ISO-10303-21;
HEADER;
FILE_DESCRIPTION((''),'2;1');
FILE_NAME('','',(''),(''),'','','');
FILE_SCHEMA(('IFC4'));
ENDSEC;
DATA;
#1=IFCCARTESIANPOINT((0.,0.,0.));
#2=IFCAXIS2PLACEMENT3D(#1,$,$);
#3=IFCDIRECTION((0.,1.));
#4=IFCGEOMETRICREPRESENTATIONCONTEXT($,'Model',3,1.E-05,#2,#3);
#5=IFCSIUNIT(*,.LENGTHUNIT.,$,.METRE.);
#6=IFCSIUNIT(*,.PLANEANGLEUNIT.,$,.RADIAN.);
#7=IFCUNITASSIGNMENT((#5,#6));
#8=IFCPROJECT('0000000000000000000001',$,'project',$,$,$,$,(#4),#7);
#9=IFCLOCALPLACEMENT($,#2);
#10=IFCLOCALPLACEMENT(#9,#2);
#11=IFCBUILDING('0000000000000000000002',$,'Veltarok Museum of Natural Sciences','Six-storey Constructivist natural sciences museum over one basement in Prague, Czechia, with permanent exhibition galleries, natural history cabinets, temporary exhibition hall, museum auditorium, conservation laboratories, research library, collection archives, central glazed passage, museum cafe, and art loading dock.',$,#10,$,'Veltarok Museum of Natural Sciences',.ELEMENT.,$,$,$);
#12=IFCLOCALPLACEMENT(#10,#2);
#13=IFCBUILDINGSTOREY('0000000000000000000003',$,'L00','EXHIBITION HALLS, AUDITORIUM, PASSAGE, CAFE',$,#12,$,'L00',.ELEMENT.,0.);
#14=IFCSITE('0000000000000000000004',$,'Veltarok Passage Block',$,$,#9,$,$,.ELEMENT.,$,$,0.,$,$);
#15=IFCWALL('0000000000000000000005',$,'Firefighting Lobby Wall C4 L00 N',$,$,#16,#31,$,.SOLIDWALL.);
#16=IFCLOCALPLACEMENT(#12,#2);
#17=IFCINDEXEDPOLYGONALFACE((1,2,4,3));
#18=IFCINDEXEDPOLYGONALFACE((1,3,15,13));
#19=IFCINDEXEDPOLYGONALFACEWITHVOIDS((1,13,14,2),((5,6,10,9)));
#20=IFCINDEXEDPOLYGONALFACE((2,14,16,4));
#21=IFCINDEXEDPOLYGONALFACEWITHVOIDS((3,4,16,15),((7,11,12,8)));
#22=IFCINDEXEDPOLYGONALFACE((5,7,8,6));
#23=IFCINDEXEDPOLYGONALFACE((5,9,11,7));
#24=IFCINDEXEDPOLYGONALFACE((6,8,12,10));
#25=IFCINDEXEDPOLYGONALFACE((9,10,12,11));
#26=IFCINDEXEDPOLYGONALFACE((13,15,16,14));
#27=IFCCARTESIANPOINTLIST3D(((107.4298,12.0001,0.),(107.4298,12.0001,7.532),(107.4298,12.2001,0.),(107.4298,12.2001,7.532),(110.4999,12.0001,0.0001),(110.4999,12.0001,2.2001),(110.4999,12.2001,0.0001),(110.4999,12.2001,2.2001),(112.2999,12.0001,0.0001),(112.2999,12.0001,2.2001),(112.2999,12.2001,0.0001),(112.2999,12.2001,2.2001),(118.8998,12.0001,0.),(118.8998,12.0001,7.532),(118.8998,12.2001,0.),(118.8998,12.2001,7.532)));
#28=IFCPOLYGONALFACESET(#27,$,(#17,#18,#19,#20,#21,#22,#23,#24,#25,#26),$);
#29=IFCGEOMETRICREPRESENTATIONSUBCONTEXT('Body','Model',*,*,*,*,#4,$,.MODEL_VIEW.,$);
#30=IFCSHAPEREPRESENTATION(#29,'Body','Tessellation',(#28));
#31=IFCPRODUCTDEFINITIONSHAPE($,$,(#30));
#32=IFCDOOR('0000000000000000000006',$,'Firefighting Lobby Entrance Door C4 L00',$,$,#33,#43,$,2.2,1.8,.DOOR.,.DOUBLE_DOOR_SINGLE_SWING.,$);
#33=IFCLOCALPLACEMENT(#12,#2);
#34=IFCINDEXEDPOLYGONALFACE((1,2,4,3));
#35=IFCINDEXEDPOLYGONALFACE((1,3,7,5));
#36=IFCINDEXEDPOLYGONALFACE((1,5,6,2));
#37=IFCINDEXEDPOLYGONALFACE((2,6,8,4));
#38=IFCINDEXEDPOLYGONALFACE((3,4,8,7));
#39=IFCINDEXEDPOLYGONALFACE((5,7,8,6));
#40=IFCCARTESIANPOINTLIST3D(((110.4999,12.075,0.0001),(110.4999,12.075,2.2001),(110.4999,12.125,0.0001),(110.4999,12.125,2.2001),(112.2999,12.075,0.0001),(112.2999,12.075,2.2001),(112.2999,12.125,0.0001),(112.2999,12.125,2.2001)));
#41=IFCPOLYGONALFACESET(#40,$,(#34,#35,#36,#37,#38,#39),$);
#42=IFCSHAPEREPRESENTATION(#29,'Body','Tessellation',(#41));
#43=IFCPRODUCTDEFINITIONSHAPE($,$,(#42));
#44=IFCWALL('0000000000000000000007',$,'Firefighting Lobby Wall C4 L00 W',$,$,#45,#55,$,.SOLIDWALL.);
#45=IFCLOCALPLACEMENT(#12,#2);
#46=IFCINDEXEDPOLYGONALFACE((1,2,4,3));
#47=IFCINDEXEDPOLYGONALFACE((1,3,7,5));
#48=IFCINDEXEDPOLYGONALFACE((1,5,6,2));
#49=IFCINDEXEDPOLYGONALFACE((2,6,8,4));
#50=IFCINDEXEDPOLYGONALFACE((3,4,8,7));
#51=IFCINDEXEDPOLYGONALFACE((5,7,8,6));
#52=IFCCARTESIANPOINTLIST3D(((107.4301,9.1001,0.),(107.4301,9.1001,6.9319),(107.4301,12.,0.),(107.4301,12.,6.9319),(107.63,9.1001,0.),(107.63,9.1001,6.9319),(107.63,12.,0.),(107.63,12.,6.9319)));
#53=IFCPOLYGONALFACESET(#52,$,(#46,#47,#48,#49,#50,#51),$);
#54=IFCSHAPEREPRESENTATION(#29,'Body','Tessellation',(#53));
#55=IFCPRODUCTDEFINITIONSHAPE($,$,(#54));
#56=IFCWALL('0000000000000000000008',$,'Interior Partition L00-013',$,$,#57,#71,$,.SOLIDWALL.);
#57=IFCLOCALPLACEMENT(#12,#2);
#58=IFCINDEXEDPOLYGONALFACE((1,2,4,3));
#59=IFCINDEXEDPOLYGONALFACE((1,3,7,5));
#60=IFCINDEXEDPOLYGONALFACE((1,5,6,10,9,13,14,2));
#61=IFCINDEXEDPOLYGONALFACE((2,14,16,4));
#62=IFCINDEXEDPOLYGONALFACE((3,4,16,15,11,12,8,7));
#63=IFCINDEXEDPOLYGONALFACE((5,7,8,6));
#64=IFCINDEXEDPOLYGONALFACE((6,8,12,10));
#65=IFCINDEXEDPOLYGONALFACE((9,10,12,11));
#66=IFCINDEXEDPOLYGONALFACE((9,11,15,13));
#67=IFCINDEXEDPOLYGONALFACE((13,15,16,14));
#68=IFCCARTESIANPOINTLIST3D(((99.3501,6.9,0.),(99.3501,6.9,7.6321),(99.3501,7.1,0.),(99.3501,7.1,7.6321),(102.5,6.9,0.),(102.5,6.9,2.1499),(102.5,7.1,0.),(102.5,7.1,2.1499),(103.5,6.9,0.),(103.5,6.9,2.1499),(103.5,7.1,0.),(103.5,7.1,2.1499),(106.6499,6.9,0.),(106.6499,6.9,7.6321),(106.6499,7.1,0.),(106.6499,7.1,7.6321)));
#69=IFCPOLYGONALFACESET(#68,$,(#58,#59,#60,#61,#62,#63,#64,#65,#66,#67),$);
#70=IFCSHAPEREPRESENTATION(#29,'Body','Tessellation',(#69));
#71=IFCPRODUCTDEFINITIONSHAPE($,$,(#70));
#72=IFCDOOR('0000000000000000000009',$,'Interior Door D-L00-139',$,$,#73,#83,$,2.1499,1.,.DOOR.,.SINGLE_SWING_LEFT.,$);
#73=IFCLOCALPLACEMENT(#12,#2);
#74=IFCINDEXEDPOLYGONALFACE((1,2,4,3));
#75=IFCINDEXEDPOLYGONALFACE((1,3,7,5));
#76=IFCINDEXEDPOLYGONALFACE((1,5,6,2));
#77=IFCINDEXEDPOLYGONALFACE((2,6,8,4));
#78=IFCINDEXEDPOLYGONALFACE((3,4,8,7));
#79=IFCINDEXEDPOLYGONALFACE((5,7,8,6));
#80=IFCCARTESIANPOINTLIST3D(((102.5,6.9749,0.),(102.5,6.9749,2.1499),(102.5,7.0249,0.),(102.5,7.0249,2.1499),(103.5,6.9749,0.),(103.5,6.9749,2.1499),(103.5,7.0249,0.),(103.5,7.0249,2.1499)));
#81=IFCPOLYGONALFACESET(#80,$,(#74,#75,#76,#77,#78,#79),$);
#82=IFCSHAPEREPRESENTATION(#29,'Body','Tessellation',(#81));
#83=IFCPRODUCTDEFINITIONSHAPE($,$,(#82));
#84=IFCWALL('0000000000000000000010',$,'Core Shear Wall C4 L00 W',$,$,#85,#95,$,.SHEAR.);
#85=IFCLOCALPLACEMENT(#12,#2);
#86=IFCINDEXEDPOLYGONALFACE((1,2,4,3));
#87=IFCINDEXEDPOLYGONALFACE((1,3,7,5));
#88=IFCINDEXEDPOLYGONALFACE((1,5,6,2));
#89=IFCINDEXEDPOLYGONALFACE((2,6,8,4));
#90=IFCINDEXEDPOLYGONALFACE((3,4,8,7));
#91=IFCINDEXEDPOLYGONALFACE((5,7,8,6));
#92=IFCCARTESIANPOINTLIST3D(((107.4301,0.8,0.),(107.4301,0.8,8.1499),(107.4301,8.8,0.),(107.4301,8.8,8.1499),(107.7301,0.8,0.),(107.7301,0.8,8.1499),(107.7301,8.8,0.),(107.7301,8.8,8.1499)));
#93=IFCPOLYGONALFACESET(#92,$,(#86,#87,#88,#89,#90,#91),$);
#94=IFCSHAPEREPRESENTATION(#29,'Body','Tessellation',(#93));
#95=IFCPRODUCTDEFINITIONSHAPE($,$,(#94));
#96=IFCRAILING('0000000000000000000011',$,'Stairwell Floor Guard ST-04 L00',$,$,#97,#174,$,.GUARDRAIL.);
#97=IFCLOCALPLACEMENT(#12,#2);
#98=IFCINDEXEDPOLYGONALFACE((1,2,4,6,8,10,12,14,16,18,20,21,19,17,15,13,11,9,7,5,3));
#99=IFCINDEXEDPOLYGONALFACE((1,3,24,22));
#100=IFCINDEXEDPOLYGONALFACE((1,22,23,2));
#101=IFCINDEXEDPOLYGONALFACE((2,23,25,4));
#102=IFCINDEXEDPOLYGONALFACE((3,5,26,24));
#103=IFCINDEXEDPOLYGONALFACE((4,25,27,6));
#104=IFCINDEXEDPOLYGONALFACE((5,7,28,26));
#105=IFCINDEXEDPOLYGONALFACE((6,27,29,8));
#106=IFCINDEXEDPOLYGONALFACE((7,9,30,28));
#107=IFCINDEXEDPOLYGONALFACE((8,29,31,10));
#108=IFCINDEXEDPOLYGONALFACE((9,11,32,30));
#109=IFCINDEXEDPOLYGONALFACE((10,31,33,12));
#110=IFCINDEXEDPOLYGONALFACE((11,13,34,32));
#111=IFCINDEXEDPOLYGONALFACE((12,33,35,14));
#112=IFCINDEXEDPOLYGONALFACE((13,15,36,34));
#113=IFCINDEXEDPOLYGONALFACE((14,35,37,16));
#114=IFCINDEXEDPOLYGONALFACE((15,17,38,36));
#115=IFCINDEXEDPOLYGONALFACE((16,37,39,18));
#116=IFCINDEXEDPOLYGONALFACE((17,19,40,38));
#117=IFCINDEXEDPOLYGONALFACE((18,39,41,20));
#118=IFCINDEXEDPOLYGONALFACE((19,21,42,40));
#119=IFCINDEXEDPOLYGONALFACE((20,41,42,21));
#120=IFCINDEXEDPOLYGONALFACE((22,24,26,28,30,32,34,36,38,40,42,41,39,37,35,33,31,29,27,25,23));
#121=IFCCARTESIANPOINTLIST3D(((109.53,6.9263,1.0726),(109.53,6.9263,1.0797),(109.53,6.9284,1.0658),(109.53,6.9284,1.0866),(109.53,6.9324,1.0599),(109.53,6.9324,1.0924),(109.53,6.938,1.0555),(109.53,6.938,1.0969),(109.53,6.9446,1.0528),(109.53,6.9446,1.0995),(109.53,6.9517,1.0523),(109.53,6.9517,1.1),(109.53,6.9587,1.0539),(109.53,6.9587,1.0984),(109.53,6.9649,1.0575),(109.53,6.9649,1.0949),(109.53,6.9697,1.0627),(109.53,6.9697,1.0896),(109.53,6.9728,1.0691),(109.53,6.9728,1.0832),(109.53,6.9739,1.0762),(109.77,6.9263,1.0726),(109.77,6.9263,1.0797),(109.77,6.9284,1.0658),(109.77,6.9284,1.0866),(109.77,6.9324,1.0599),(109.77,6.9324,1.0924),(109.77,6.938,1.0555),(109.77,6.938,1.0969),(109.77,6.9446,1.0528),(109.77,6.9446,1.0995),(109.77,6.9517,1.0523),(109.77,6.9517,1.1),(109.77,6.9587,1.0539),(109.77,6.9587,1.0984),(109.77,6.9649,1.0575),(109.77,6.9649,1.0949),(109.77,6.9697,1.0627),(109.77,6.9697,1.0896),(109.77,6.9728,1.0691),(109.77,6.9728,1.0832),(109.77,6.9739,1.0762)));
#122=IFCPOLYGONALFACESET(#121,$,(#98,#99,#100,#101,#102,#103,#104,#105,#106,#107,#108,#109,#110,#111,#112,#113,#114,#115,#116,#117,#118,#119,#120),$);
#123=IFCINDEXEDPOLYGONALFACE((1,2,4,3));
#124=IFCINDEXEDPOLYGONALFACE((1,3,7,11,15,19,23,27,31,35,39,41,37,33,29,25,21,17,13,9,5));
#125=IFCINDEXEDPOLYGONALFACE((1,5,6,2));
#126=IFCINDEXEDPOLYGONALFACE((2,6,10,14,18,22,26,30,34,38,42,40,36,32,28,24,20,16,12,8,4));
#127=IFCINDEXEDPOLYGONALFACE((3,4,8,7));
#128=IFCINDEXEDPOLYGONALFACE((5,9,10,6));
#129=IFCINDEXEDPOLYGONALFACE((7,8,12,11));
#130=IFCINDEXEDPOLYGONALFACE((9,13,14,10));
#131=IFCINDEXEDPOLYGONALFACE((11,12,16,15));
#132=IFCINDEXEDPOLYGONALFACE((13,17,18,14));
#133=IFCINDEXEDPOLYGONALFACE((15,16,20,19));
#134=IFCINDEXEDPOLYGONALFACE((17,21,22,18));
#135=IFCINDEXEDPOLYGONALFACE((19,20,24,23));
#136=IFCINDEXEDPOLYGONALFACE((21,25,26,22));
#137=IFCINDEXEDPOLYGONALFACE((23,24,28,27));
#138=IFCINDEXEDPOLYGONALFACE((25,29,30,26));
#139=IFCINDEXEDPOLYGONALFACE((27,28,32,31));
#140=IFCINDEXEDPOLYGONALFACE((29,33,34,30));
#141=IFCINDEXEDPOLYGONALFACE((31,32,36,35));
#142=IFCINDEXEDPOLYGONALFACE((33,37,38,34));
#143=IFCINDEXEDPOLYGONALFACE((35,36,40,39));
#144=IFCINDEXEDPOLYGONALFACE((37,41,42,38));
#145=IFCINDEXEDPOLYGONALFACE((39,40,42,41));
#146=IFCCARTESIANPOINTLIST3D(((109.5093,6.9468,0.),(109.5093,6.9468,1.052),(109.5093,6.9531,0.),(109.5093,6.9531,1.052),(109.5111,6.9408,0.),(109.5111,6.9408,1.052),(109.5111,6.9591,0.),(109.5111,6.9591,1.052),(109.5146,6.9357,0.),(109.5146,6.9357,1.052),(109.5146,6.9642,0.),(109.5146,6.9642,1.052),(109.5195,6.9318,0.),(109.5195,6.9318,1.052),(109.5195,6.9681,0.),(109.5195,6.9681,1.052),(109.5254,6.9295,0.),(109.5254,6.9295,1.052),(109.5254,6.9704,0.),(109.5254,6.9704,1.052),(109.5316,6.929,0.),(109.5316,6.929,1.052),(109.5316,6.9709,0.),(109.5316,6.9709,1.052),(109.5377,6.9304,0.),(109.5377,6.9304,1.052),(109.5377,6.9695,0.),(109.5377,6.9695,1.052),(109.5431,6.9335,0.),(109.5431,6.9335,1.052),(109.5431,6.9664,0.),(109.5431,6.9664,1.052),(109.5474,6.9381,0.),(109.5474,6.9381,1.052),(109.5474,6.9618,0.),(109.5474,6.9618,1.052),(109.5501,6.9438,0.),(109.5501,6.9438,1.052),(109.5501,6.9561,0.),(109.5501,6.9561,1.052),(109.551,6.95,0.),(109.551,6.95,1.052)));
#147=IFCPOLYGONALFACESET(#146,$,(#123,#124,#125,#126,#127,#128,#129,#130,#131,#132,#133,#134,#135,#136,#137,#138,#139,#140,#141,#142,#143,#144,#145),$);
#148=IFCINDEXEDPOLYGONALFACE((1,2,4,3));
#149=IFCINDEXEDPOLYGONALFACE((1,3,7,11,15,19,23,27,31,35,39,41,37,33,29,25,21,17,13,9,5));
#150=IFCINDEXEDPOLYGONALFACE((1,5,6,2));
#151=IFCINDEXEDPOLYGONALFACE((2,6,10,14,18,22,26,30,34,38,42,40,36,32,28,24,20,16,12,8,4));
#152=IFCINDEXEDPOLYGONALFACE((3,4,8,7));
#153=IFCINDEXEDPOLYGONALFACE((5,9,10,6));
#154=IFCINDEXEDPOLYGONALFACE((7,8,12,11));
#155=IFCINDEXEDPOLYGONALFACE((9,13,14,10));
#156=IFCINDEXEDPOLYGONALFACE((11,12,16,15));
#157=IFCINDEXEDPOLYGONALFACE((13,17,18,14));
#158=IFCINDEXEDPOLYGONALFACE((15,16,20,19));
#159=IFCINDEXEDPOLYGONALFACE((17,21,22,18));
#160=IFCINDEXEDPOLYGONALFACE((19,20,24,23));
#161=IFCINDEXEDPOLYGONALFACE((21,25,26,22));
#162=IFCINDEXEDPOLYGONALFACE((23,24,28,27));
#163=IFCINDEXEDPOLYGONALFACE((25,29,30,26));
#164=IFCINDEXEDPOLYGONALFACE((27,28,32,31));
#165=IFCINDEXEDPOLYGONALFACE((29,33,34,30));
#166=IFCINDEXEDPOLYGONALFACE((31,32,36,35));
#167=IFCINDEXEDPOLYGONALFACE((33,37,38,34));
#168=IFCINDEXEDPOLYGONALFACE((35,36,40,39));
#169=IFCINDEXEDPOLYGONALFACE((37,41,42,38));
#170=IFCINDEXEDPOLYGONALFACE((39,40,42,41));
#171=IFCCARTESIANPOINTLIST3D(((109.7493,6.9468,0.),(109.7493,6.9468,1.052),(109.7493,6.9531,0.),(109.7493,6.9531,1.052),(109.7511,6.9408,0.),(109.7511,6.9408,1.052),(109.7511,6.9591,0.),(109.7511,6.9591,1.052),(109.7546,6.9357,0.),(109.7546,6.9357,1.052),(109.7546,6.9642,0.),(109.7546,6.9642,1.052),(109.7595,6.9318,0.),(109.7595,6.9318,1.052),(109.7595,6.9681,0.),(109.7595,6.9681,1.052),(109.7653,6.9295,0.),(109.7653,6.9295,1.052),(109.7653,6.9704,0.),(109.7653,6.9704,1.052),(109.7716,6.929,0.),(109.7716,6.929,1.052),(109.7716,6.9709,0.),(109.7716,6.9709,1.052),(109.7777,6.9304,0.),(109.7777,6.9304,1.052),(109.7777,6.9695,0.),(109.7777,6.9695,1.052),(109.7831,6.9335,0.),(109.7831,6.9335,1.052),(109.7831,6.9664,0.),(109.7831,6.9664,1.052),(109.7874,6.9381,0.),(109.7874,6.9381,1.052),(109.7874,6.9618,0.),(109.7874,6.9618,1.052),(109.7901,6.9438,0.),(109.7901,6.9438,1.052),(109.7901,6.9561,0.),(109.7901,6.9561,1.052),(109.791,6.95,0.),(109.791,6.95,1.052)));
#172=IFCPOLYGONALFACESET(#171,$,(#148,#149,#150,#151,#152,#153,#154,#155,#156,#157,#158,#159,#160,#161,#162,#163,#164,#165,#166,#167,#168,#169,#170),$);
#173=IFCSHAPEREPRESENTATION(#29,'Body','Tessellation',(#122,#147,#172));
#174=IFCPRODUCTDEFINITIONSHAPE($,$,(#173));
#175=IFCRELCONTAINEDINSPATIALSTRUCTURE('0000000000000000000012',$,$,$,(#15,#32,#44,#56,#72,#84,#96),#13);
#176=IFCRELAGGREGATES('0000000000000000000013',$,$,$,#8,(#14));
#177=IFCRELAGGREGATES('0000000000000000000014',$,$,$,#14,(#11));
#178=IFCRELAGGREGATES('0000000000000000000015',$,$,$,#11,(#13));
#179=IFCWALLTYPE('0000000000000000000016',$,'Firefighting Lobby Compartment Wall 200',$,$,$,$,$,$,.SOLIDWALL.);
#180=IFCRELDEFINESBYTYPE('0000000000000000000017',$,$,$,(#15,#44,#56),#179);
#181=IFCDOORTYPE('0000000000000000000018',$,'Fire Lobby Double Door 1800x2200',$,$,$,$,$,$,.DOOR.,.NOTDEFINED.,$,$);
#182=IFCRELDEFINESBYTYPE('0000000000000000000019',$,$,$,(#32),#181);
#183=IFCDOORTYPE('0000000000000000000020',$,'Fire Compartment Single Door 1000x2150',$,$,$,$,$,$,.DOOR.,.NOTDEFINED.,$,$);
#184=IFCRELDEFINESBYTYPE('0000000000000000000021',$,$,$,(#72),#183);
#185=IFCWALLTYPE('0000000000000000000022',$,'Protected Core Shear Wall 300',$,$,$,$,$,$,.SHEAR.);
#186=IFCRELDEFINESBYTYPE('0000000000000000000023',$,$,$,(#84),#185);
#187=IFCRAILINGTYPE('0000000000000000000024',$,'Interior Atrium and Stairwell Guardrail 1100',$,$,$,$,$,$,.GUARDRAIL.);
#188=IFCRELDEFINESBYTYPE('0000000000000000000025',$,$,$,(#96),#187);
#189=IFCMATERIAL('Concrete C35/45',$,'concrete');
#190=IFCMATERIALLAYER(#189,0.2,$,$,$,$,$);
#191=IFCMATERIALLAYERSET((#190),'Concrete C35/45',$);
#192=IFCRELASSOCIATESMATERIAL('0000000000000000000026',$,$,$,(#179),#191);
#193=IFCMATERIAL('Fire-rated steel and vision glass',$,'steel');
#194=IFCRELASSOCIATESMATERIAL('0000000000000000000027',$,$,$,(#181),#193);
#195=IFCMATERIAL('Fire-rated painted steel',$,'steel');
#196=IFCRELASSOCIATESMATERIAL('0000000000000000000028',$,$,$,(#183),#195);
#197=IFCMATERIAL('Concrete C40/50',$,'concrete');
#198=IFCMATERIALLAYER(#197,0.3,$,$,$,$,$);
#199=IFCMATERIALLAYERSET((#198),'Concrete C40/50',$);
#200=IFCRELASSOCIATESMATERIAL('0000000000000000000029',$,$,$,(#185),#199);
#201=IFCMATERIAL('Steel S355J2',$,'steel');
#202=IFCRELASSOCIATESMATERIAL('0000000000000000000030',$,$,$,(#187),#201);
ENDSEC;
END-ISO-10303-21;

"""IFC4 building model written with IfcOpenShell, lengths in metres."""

from ifc_helpers import new_model, si_unit, direction, frame, frame_2d, origin, origin_2d, place, context, subcontext, project, spatial, rectangle, circle, extrude, material, layer, layer_set, type_object, element, fill, save


model = new_model("IFC4")

# Units and contexts
model_context = context("Model", 3, precision=1e-05, world=origin(), true_north=direction((0.0, 1.0)))
body_context = subcontext(model_context, "Body", "Model", "MODEL_VIEW")
ifc_project = project(units=[si_unit("LENGTHUNIT", "METRE"), si_unit("PLANEANGLEUNIT", "RADIAN")], contexts=[model_context])

# Site, building, storey
site_placement = place(None, origin())
site = spatial("IfcSite", under=ifc_project, at=site_placement, Name="Veltarok Passage Block", CompositionType="ELEMENT", RefElevation=0.0)
building_placement = place(site_placement, origin())
building = spatial("IfcBuilding", under=site, at=building_placement, Name="Veltarok Museum of Natural Sciences", Description="Six-storey Constructivist natural sciences museum over one basement in Prague, Czechia, with permanent exhibition galleries, natural history cabinets, temporary exhibition hall, museum auditorium, conservation laboratories, research library, collection archives, central glazed passage, museum cafe, and art loading dock.", LongName="Veltarok Museum of Natural Sciences", CompositionType="ELEMENT")
storey_placement = place(building_placement, origin())
storey = spatial("IfcBuildingStorey", under=building, at=storey_placement, Name="L00", Description="EXHIBITION HALLS, AUDITORIUM, PASSAGE, CAFE", LongName="L00", CompositionType="ELEMENT", Elevation=0.0)

# Shared definitions
ifc_material_1 = material(Name="Concrete C40/50", Category="concrete")
ifc_material_2 = material(Name="Steel S355J2", Category="steel")

# Wall, opening, door
ifc_material_3 = material(Name="Concrete C35/45", Category="concrete")
ifc_layer_1 = layer(ifc_material_3, 0.2)
ifc_layer_set_1 = layer_set([ifc_layer_1], Name="Concrete C35/45")
wall_type_1 = type_object("IfcWallType", Name="Firefighting Lobby Compartment Wall 200", PredefinedType="SOLIDWALL", material=ifc_layer_set_1)
wall_1_placement = place(storey_placement, frame((107.4299, 12.1001, 0.0), z_axis=(0.0, 0.0, 1.0), x_axis=(1.0, 0.0, 0.0)))
wall_1 = element("IfcWall", 1, at=wall_1_placement, inside=storey, type_object=wall_type_1, Name="Firefighting Lobby Wall C4 L00 N", PredefinedType="SOLIDWALL", context=body_context, shape_type="SweptSolid", body=[
    extrude(rectangle(XDim=11.47, YDim=0.2, at=frame_2d((5.7349, 0.0))), origin(), (0.0, 0.0, 1.0), 7.532),
])
opening_1_placement = place(wall_1_placement, frame((3.0701, 0.0, 0.0)))
opening_1 = element("IfcOpeningElement", 2, at=opening_1_placement, cuts=wall_1, PredefinedType="OPENING", context=body_context, shape_type="SweptSolid", body=[
    extrude(rectangle(XDim=1.8, YDim=2.2, at=frame_2d((0.8999, 1.1001))), frame((0.0, 0.1099, 0.0), z_axis=(0.0, -1.0, 0.0), x_axis=(1.0, 0.0, 0.0)), (0.0, 0.0, 1.0), 0.22),
])
ifc_material_4 = material(Name="Fire-rated steel and vision glass", Category="steel")
door_type_1 = type_object("IfcDoorType", Name="Fire Lobby Double Door 1800x2200", OperationType="NOTDEFINED", PredefinedType="DOOR", material=ifc_material_4)
door_1_placement = place(opening_1_placement, origin())
door_1 = element("IfcDoor", 3, at=door_1_placement, inside=storey, type_object=door_type_1, Name="Firefighting Lobby Entrance Door C4 L00", OperationType="DOUBLE_DOOR_SINGLE_SWING", OverallHeight=2.2, OverallWidth=1.8, PredefinedType="DOOR", context=body_context, shape_type="SweptSolid", body=[
    extrude(rectangle(XDim=1.8, YDim=2.2, at=frame_2d((0.8999, 1.1001))), frame((0.0, 0.0249, 0.0), z_axis=(0.0, -1.0, 0.0), x_axis=(1.0, 0.0, 0.0)), (0.0, 0.0, 1.0), 0.05),
])
fill(opening_1, door_1)

# Wall
wall_2_placement = place(storey_placement, frame((107.53, 9.1001, 0.0), z_axis=(0.0, 0.0, 1.0), x_axis=(0.0, 1.0, 0.0)))
element("IfcWall", 4, at=wall_2_placement, inside=storey, type_object=wall_type_1, Name="Firefighting Lobby Wall C4 L00 W", PredefinedType="SOLIDWALL", context=body_context, shape_type="SweptSolid", body=[
    extrude(rectangle(XDim=2.8999, YDim=0.2, at=frame_2d((1.45, 0.0))), origin(), (0.0, 0.0, 1.0), 6.9319),
])

# Wall, opening, door
wall_3_placement = place(storey_placement, frame((99.3501, 7.0, 0.0), z_axis=(0.0, 0.0, 1.0), x_axis=(1.0, 0.0, 0.0)))
wall_3 = element("IfcWall", 5, at=wall_3_placement, inside=storey, type_object=wall_type_1, Name="Interior Partition L00-013", PredefinedType="SOLIDWALL", context=body_context, shape_type="SweptSolid", body=[
    extrude(rectangle(XDim=7.2998, YDim=0.2, at=frame_2d((3.6499, 0.0))), origin(), (0.0, 0.0, 1.0), 7.6321),
])
opening_2_placement = place(wall_3_placement, frame((3.1499, 0.0, 0.0)))
opening_2 = element("IfcOpeningElement", 6, at=opening_2_placement, cuts=wall_3, PredefinedType="OPENING", context=body_context, shape_type="SweptSolid", body=[
    extrude(rectangle(XDim=1.0, YDim=2.1499, at=frame_2d((0.5, 1.075))), frame((0.0, 0.1099, 0.0), z_axis=(0.0, -1.0, 0.0), x_axis=(1.0, 0.0, 0.0)), (0.0, 0.0, 1.0), 0.22),
])
ifc_material_5 = material(Name="Fire-rated painted steel", Category="steel")
door_type_2 = type_object("IfcDoorType", Name="Fire Compartment Single Door 1000x2150", OperationType="NOTDEFINED", PredefinedType="DOOR", material=ifc_material_5)
door_2_placement = place(opening_2_placement, origin())
door_2 = element("IfcDoor", 7, at=door_2_placement, inside=storey, type_object=door_type_2, Name="Interior Door D-L00-139", OperationType="SINGLE_SWING_LEFT", OverallHeight=2.1499, OverallWidth=1.0, PredefinedType="DOOR", context=body_context, shape_type="SweptSolid", body=[
    extrude(rectangle(XDim=1.0, YDim=2.1499, at=frame_2d((0.5, 1.075))), frame((0.0, 0.0249, 0.0), z_axis=(0.0, -1.0, 0.0), x_axis=(1.0, 0.0, 0.0)), (0.0, 0.0, 1.0), 0.05),
])
fill(opening_2, door_2)

# Wall
ifc_layer_2 = layer(ifc_material_1, 0.3)
ifc_layer_set_2 = layer_set([ifc_layer_2], Name="Concrete C40/50")
wall_type_2 = type_object("IfcWallType", Name="Protected Core Shear Wall 300", PredefinedType="SHEAR", material=ifc_layer_set_2)
wall_4_placement = place(storey_placement, frame((107.5801, 8.8, 0.0), z_axis=(0.0, 0.0, 1.0), x_axis=(0.0, -1.0, 0.0)))
element("IfcWall", 8, at=wall_4_placement, inside=storey, type_object=wall_type_2, Name="Core Shear Wall C4 L00 W", PredefinedType="SHEAR", context=body_context, shape_type="SweptSolid", body=[
    extrude(rectangle(XDim=8.0, YDim=0.3, at=frame_2d((4.0, 0.0))), origin(), (0.0, 0.0, 1.0), 8.1499),
])

# Railing
railing_type_1 = type_object("IfcRailingType", Name="Interior Atrium and Stairwell Guardrail 1100", PredefinedType="GUARDRAIL", material=ifc_material_2)
railing_1_placement = place(storey_placement, frame((109.53, 6.95, 0.0)))
element("IfcRailing", 9, at=railing_1_placement, inside=storey, type_object=railing_type_1, Name="Stairwell Floor Guard ST-04 L00", PredefinedType="GUARDRAIL", context=body_context, shape_type="SweptSolid", body=[
    extrude(circle(Radius=0.0239, at=origin_2d()), frame((0.0, 0.0, 1.0762), z_axis=(1.0, 0.0, 0.0), x_axis=(0.0, 1.0, 0.0)), (0.0, 0.0, 1.0), 0.24),
    extrude(circle(Radius=0.021, at=origin_2d()), origin(), (0.0, 0.0, 1.0), 1.052),
    extrude(circle(Radius=0.021, at=origin_2d()), frame((0.24, 0.0, 0.0)), (0.0, 0.0, 1.0), 1.052),
])

save(model, "model.ifc")
